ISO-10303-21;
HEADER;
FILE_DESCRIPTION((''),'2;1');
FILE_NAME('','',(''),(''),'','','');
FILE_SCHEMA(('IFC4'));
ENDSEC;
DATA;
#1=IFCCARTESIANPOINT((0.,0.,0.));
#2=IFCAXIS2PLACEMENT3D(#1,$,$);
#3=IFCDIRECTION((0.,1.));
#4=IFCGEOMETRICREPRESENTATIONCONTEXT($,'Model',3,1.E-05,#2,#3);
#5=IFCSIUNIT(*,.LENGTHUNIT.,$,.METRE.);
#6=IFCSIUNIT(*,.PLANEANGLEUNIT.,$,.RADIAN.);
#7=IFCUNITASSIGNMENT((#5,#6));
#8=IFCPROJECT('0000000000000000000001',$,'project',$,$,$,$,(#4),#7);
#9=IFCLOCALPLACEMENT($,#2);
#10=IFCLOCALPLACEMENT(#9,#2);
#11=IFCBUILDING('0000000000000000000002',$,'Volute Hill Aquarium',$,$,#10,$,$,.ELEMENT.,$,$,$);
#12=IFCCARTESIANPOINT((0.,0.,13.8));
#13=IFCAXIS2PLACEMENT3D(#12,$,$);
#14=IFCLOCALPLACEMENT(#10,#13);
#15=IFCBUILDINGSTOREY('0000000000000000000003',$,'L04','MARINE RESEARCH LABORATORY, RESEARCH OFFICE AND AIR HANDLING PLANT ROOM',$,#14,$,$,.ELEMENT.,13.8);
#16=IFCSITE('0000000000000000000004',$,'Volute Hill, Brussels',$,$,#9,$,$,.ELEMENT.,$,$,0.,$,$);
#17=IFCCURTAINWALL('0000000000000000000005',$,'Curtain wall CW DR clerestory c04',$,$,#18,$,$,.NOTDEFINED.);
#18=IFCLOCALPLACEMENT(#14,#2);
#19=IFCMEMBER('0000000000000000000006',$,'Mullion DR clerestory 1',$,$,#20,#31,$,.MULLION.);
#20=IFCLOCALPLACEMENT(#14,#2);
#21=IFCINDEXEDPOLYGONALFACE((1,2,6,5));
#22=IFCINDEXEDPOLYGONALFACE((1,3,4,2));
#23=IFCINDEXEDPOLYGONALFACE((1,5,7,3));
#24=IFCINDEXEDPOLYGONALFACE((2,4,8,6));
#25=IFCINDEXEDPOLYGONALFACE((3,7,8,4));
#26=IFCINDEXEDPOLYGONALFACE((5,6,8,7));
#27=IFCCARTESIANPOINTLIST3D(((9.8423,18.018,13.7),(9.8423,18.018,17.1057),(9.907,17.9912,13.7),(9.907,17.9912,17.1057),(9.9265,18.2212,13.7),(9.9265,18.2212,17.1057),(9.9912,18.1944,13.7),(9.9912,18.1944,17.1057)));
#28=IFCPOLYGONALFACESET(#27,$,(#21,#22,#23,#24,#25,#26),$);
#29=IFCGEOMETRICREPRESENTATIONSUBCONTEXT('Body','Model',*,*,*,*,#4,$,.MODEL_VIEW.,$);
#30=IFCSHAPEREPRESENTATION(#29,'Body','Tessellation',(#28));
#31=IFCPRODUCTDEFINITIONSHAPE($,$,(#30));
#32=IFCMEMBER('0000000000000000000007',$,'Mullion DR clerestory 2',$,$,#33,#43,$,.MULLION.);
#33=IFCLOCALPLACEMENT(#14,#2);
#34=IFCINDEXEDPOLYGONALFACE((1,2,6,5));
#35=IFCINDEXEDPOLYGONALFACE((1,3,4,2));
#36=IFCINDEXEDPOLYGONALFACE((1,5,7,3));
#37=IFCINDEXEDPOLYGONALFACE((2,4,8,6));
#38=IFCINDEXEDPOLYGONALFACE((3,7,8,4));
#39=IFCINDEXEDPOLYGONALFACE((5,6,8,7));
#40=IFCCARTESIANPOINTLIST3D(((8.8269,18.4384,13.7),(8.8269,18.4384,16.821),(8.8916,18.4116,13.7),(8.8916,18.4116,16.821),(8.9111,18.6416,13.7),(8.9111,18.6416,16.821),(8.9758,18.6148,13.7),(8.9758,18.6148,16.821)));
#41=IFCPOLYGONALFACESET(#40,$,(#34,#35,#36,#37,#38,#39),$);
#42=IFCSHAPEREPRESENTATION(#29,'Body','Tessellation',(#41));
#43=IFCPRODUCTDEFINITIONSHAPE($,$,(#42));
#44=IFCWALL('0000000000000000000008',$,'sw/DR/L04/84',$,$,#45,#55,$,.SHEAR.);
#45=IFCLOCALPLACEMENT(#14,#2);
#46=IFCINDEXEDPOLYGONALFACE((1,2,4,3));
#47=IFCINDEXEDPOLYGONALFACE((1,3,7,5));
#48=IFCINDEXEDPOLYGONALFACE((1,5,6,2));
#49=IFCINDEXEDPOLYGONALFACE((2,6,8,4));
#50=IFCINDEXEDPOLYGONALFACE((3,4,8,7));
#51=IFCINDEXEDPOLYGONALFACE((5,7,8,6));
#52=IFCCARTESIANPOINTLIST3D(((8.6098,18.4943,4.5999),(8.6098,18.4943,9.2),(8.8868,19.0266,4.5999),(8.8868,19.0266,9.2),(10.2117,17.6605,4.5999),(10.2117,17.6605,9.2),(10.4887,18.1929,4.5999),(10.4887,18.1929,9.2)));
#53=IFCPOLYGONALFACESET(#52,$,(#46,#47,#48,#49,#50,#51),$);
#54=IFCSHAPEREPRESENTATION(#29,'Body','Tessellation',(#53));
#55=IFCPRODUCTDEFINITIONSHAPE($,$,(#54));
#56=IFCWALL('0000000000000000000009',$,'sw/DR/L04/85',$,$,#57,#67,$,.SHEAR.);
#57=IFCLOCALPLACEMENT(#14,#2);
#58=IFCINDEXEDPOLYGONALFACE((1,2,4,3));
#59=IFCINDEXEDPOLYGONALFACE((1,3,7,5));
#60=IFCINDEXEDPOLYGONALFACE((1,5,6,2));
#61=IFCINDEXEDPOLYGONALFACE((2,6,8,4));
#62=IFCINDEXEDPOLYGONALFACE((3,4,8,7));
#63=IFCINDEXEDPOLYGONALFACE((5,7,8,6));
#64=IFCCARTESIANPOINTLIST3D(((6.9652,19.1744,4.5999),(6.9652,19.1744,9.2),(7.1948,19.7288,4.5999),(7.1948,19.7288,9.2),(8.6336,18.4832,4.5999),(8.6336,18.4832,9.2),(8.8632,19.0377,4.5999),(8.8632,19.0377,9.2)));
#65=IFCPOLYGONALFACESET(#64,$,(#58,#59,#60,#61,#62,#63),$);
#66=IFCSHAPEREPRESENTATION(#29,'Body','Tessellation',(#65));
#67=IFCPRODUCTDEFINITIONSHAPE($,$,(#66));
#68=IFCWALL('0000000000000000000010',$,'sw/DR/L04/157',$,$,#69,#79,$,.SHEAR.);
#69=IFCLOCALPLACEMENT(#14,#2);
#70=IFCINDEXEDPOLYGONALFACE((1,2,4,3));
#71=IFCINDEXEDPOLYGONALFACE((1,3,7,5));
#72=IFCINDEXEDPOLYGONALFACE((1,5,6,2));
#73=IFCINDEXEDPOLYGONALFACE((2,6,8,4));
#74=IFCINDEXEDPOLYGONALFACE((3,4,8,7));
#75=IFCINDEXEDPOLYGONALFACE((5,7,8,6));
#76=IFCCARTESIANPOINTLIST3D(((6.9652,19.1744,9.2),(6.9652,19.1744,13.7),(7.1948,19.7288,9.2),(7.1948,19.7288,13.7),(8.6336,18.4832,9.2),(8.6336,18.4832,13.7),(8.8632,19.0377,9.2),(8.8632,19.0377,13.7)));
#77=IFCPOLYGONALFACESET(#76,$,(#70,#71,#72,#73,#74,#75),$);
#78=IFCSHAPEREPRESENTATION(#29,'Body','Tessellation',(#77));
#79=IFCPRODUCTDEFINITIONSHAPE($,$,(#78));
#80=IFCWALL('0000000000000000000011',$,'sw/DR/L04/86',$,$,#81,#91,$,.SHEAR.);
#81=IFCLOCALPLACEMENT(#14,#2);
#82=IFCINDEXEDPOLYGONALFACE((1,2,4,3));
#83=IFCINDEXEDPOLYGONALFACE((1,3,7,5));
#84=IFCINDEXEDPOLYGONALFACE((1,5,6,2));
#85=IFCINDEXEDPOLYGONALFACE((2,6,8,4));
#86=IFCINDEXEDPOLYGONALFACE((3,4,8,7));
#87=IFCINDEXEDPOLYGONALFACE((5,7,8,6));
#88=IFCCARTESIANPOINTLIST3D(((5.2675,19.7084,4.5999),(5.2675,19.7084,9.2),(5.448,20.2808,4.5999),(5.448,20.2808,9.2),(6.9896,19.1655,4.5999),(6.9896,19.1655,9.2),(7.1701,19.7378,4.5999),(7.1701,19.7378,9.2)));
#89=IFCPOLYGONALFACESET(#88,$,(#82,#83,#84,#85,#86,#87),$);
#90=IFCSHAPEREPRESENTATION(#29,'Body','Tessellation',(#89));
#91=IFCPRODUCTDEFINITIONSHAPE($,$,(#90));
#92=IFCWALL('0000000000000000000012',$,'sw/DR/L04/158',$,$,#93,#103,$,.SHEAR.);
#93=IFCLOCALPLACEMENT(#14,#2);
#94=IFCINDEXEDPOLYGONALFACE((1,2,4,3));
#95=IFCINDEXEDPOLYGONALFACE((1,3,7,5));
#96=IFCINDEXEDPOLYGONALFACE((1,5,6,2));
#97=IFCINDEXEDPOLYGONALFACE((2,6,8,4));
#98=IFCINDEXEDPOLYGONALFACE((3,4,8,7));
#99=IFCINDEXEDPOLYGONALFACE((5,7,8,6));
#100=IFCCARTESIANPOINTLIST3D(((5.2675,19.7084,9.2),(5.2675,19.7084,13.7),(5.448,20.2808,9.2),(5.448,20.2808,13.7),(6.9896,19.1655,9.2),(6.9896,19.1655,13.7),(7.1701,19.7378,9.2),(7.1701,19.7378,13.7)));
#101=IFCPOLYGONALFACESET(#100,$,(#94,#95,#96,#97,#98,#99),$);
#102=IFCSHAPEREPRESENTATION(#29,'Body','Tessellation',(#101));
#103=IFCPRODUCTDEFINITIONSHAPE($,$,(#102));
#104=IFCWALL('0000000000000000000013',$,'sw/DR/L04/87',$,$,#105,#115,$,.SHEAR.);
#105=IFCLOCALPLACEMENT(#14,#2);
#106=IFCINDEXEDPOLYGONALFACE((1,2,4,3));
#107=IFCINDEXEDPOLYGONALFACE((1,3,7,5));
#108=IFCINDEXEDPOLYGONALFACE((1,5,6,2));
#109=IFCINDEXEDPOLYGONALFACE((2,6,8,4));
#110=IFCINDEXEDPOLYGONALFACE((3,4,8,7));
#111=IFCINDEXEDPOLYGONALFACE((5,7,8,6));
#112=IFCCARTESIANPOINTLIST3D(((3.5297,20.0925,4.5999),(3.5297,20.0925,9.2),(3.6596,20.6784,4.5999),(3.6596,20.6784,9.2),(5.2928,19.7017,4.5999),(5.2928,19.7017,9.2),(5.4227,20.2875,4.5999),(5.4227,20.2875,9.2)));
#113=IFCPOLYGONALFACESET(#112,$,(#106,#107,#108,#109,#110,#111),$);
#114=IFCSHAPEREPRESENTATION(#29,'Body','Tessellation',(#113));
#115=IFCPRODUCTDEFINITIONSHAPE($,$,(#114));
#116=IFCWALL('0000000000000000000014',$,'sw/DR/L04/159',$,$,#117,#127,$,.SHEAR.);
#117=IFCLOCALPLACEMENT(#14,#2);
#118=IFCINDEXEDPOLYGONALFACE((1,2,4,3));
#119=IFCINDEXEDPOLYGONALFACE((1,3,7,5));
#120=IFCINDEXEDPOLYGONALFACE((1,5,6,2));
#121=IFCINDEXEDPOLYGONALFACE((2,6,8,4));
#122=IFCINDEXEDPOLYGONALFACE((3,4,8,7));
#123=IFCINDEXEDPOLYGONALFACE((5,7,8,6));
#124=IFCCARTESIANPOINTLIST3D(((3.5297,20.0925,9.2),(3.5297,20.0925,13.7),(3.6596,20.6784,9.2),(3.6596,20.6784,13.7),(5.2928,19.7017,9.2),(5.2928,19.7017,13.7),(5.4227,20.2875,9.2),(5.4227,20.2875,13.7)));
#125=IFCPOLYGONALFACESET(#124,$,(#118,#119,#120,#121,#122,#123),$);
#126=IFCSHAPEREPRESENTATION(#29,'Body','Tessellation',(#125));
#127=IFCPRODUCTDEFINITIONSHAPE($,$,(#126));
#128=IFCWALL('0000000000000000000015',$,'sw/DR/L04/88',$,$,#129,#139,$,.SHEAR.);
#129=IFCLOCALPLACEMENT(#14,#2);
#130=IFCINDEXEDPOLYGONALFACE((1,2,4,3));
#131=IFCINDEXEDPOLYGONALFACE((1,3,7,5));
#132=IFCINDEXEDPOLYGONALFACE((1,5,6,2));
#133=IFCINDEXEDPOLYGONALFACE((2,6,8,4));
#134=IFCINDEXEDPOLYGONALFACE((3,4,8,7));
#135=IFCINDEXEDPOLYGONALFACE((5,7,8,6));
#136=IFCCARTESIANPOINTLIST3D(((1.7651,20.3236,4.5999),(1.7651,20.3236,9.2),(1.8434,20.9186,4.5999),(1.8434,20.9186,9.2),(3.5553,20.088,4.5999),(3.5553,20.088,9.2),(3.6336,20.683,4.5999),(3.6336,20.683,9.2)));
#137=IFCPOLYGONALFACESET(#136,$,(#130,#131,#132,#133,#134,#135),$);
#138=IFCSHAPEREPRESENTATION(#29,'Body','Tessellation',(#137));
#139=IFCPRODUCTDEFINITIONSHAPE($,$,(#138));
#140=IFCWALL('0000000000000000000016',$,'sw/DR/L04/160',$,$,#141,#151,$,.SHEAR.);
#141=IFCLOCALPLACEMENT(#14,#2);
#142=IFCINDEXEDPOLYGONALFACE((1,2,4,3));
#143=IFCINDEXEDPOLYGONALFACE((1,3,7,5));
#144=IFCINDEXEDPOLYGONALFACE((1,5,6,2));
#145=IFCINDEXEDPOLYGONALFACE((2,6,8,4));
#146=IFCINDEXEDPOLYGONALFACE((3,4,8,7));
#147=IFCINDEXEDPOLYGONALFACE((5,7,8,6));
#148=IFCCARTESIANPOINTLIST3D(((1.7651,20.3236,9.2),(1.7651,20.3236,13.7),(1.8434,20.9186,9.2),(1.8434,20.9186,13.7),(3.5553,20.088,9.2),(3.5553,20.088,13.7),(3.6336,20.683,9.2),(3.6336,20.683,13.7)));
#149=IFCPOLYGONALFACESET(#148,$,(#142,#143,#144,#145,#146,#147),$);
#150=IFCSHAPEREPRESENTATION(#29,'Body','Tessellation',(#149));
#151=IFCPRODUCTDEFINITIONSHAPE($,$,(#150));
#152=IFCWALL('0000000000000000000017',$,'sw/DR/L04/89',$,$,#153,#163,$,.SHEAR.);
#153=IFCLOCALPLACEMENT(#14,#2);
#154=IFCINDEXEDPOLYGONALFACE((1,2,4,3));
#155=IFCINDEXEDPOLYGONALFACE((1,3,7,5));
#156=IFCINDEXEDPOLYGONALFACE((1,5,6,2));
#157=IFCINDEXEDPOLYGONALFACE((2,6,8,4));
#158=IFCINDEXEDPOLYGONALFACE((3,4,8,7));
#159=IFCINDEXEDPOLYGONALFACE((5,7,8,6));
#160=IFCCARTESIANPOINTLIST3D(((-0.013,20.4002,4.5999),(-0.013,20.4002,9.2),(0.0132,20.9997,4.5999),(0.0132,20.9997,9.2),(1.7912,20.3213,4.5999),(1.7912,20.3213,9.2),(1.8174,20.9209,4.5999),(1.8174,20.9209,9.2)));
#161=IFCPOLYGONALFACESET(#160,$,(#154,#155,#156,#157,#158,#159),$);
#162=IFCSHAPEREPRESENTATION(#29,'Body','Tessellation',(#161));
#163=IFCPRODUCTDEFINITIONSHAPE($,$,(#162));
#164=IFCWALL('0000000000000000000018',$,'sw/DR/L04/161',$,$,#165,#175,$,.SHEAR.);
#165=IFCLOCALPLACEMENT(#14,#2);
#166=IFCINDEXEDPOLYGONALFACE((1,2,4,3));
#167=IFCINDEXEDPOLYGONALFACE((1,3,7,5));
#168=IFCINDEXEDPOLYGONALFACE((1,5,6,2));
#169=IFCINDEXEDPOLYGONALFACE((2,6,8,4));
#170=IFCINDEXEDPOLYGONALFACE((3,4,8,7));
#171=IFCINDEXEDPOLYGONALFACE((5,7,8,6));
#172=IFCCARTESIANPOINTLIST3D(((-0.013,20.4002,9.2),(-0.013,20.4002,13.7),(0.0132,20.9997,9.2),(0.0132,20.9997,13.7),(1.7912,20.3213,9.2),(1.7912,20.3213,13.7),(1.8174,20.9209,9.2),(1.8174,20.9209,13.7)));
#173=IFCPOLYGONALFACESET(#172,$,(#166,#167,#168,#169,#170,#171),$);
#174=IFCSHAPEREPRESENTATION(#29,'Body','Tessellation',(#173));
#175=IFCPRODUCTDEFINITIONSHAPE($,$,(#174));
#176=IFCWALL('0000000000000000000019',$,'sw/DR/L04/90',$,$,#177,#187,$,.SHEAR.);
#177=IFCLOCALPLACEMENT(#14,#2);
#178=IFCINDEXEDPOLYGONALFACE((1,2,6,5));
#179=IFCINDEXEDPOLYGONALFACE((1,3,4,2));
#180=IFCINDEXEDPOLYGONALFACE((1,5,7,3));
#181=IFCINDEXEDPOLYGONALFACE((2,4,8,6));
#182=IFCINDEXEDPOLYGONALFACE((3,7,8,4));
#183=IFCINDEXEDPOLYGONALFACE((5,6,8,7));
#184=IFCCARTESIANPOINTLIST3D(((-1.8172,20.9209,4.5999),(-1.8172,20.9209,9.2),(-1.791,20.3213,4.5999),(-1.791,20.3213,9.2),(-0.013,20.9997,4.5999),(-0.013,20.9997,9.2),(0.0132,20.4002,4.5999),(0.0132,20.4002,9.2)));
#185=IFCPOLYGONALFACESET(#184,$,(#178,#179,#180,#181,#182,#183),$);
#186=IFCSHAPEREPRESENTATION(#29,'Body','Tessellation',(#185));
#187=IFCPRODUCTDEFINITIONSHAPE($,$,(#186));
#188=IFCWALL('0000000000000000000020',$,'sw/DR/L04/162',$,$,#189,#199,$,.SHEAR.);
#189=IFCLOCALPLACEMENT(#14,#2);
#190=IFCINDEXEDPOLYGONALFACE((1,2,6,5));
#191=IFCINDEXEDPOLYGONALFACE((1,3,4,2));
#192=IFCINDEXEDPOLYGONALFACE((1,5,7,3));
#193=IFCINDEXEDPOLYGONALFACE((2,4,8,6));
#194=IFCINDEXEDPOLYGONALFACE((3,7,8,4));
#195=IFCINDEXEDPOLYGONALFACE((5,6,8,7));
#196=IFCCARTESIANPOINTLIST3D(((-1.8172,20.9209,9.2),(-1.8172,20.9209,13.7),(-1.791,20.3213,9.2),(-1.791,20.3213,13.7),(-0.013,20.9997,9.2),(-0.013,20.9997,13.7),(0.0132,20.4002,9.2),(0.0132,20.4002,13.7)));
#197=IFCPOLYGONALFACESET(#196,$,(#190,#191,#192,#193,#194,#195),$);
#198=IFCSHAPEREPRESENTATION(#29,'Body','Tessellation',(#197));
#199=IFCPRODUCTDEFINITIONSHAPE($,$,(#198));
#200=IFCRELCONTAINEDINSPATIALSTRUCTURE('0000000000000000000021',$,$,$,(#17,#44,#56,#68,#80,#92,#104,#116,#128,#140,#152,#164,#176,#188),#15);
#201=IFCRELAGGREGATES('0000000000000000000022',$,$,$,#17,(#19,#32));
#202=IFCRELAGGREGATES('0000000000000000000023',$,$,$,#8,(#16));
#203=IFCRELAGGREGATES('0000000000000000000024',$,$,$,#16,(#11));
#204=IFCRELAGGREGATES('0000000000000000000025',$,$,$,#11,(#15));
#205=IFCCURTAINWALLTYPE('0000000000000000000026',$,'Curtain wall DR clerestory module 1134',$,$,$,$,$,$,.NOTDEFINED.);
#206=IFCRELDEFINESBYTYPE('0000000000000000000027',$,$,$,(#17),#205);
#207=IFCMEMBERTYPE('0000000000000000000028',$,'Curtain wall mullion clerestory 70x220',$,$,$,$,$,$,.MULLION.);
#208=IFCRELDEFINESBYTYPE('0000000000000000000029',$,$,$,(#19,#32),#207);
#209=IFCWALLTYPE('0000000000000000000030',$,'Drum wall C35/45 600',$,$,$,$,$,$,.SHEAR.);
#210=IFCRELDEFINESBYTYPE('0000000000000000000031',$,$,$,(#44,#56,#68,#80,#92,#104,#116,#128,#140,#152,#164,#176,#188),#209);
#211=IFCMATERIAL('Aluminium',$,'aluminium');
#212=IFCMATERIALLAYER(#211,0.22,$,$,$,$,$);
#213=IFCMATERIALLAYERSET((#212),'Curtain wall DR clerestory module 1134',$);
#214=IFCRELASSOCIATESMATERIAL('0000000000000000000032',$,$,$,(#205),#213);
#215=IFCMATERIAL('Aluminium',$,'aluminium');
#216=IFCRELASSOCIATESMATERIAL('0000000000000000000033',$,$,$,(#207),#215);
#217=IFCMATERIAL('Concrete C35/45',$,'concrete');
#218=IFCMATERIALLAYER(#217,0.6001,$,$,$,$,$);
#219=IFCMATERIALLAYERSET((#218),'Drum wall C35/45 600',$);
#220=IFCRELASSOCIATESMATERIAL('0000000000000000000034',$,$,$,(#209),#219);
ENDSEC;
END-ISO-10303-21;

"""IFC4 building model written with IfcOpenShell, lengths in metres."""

from ifc_helpers import new_model, si_unit, direction, frame, frame_2d, origin, origin_2d, place, context, subcontext, project, spatial, rectangle, extrude, material, layer, layer_set, material_profile, profile_set, type_object, element, aggregate, save


model = new_model("IFC4")

# Units and contexts
model_context = context("Model", 3, precision=1e-05, world=origin(), true_north=direction((0.0, 1.0)))
body_context = subcontext(model_context, "Body", "Model", "MODEL_VIEW")
ifc_project = project(units=[si_unit("LENGTHUNIT", "METRE"), si_unit("PLANEANGLEUNIT", "RADIAN")], contexts=[model_context])

# Site, building, storey
site_placement = place(None, origin())
site = spatial("IfcSite", under=ifc_project, at=site_placement, Name="Volute Hill, Brussels", CompositionType="ELEMENT", RefElevation=0.0)
building_placement = place(site_placement, origin())
building = spatial("IfcBuilding", under=site, at=building_placement, Name="Volute Hill Aquarium", CompositionType="ELEMENT")
storey_placement = place(building_placement, frame((0.0, 0.0, 13.8)))
storey = spatial("IfcBuildingStorey", under=building, at=storey_placement, Name="L04", Description="MARINE RESEARCH LABORATORY, RESEARCH OFFICE AND AIR HANDLING PLANT ROOM", CompositionType="ELEMENT", Elevation=13.8)

# Curtain wall, members
ifc_material_1 = material(Name="Aluminium", Category="aluminium")
ifc_layer_1 = layer(ifc_material_1, 0.22)
ifc_layer_set_1 = layer_set([ifc_layer_1], Name="Curtain wall DR clerestory module 1134")
curtain_wall_type = type_object("IfcCurtainWallType", Name="Curtain wall DR clerestory module 1134", PredefinedType="NOTDEFINED", material=ifc_layer_set_1)
curtain_wall_placement = place(storey_placement, origin())
curtain_wall = element("IfcCurtainWall", 1, at=curtain_wall_placement, inside=storey, type_object=curtain_wall_type, Name="Curtain wall CW DR clerestory c04", PredefinedType="NOTDEFINED")
ifc_material_2 = material(Name="Aluminium", Category="aluminium")
ifc_material_profile = material_profile(ifc_material_2, rectangle(XDim=0.22, YDim=0.0701, at=origin_2d()), Name="Curtain wall mullion clerestory 70x220")
ifc_profile_set = profile_set([ifc_material_profile], Name="Aluminium")
member_type = type_object("IfcMemberType", Name="Curtain wall mullion clerestory 70x220", PredefinedType="MULLION", material=ifc_profile_set)
member_1_placement = place(storey_placement, frame((9.9167, 18.1062, 13.7), z_axis=(0.0, 0.0, 1.0), x_axis=(-0.382696, -0.923874, 0.0)))
member_1 = element("IfcMember", 2, at=member_1_placement, type_object=member_type, Name="Mullion DR clerestory 1", PredefinedType="MULLION", context=body_context, shape_type="SweptSolid", body=[
    extrude(rectangle(XDim=0.22, YDim=0.0701, at=origin_2d()), origin(), (0.0, 0.0, 1.0), 3.4058),
])
member_2_placement = place(storey_placement, frame((8.9014, 18.5266, 13.7), z_axis=(0.0, 0.0, 1.0), x_axis=(-0.382696, -0.923874, 0.0)))
member_2 = element("IfcMember", 3, at=member_2_placement, type_object=member_type, Name="Mullion DR clerestory 2", PredefinedType="MULLION", context=body_context, shape_type="SweptSolid", body=[
    extrude(rectangle(XDim=0.22, YDim=0.0701, at=origin_2d()), origin(), (0.0, 0.0, 1.0), 3.1211),
])
aggregate(curtain_wall, [member_1, member_2])

# Walls
ifc_material_3 = material(Name="Concrete C35/45", Category="concrete")
ifc_layer_2 = layer(ifc_material_3, 0.6001)
ifc_layer_set_2 = layer_set([ifc_layer_2], Name="Drum wall C35/45 600")
wall_type = type_object("IfcWallType", Name="Drum wall C35/45 600", PredefinedType="SHEAR", material=ifc_layer_set_2)
for number, where, z_axis, x_axis, name in (
    (4, (10.3501, 17.9268, 4.5999), (0.0, 0.0, 1.0), (-0.887035, 0.461702, 0.0), "sw/DR/L04/84"),
    (5, (8.7483, 18.7605, 4.5999), (0.0, 0.0, 1.0), (-0.923867, 0.382714, 0.0), "sw/DR/L04/85"),
):
    element("IfcWall", number, at=place(storey_placement, frame(where, z_axis=z_axis, x_axis=x_axis)), inside=storey, type_object=wall_type, Name=name, PredefinedType="SHEAR", context=body_context, shape_type="SweptSolid", body=[
        extrude(rectangle(XDim=1.8059, YDim=0.6001, at=frame_2d((0.9028, 0.0))), origin(), (0.0, 0.0, 1.0), 4.6001),
    ])
wall_1_placement = place(storey_placement, frame((8.7483, 18.7605, 9.2), z_axis=(0.0, 0.0, 1.0), x_axis=(-0.923867, 0.382714, 0.0)))
element("IfcWall", 6, at=wall_1_placement, inside=storey, type_object=wall_type, Name="sw/DR/L04/157", PredefinedType="SHEAR", context=body_context, shape_type="SweptSolid", body=[
    extrude(rectangle(XDim=1.8059, YDim=0.6001, at=frame_2d((0.9028, 0.0))), origin(), (0.0, 0.0, 1.0), 4.5),
])
wall_2_placement = place(storey_placement, frame((7.0798, 19.4517, 4.5999), z_axis=(0.0, 0.0, 1.0), x_axis=(-0.953722, 0.300691, 0.0)))
element("IfcWall", 7, at=wall_2_placement, inside=storey, type_object=wall_type, Name="sw/DR/L04/86", PredefinedType="SHEAR", context=body_context, shape_type="SweptSolid", body=[
    extrude(rectangle(XDim=1.8057, YDim=0.6001, at=frame_2d((0.9028, 0.0))), origin(), (0.0, 0.0, 1.0), 4.6001),
])
wall_3_placement = place(storey_placement, frame((7.0798, 19.4517, 9.2), z_axis=(0.0, 0.0, 1.0), x_axis=(-0.953722, 0.300691, 0.0)))
element("IfcWall", 8, at=wall_3_placement, inside=storey, type_object=wall_type, Name="sw/DR/L04/158", PredefinedType="SHEAR", context=body_context, shape_type="SweptSolid", body=[
    extrude(rectangle(XDim=1.8057, YDim=0.6001, at=frame_2d((0.9028, 0.0))), origin(), (0.0, 0.0, 1.0), 4.5),
])
wall_4_placement = place(storey_placement, frame((5.3577, 19.9946, 4.5999), z_axis=(0.0, 0.0, 1.0), x_axis=(-0.976298, 0.216429, 0.0)))
element("IfcWall", 9, at=wall_4_placement, inside=storey, type_object=wall_type, Name="sw/DR/L04/87", PredefinedType="SHEAR", context=body_context, shape_type="SweptSolid", body=[
    extrude(rectangle(XDim=1.8059, YDim=0.6001, at=frame_2d((0.9028, 0.0))), origin(), (0.0, 0.0, 1.0), 4.6001),
])
wall_5_placement = place(storey_placement, frame((5.3577, 19.9946, 9.2), z_axis=(0.0, 0.0, 1.0), x_axis=(-0.976298, 0.216429, 0.0)))
element("IfcWall", 10, at=wall_5_placement, inside=storey, type_object=wall_type, Name="sw/DR/L04/159", PredefinedType="SHEAR", context=body_context, shape_type="SweptSolid", body=[
    extrude(rectangle(XDim=1.8059, YDim=0.6001, at=frame_2d((0.9028, 0.0))), origin(), (0.0, 0.0, 1.0), 4.5),
])
wall_6_placement = place(storey_placement, frame((3.5945, 20.3855, 4.5999), z_axis=(0.0, 0.0, 1.0), x_axis=(-0.991452, 0.130472, 0.0)))
element("IfcWall", 11, at=wall_6_placement, inside=storey, type_object=wall_type, Name="sw/DR/L04/88", PredefinedType="SHEAR", context=body_context, shape_type="SweptSolid", body=[
    extrude(rectangle(XDim=1.8057, YDim=0.6001, at=frame_2d((0.9028, 0.0))), origin(), (0.0, 0.0, 1.0), 4.6001),
])
wall_7_placement = place(storey_placement, frame((3.5945, 20.3855, 9.2), z_axis=(0.0, 0.0, 1.0), x_axis=(-0.991452, 0.130472, 0.0)))
element("IfcWall", 12, at=wall_7_placement, inside=storey, type_object=wall_type, Name="sw/DR/L04/160", PredefinedType="SHEAR", context=body_context, shape_type="SweptSolid", body=[
    extrude(rectangle(XDim=1.8057, YDim=0.6001, at=frame_2d((0.9028, 0.0))), origin(), (0.0, 0.0, 1.0), 4.5),
])
wall_8_placement = place(storey_placement, frame((1.8042, 20.6211, 4.5999), z_axis=(0.0, 0.0, 1.0), x_axis=(-0.999046, 0.043666, 0.0)))
element("IfcWall", 13, at=wall_8_placement, inside=storey, type_object=wall_type, Name="sw/DR/L04/89", PredefinedType="SHEAR", context=body_context, shape_type="SweptSolid", body=[
    extrude(rectangle(XDim=1.8059, YDim=0.6001, at=frame_2d((0.9028, 0.0))), origin(), (0.0, 0.0, 1.0), 4.6001),
])
wall_9_placement = place(storey_placement, frame((1.8042, 20.6211, 9.2), z_axis=(0.0, 0.0, 1.0), x_axis=(-0.999046, 0.043666, 0.0)))
element("IfcWall", 14, at=wall_9_placement, inside=storey, type_object=wall_type, Name="sw/DR/L04/161", PredefinedType="SHEAR", context=body_context, shape_type="SweptSolid", body=[
    extrude(rectangle(XDim=1.8059, YDim=0.6001, at=frame_2d((0.9028, 0.0))), origin(), (0.0, 0.0, 1.0), 4.5),
])
wall_10_placement = place(storey_placement, frame((0.0, 20.7, 4.5999), z_axis=(0.0, 0.0, 1.0), x_axis=(-0.999046, -0.043666, 0.0)))
element("IfcWall", 15, at=wall_10_placement, inside=storey, type_object=wall_type, Name="sw/DR/L04/90", PredefinedType="SHEAR", context=body_context, shape_type="SweptSolid", body=[
    extrude(rectangle(XDim=1.8059, YDim=0.6001, at=frame_2d((0.9028, 0.0))), origin(), (0.0, 0.0, 1.0), 4.6001),
])
wall_11_placement = place(storey_placement, frame((0.0, 20.7, 9.2), z_axis=(0.0, 0.0, 1.0), x_axis=(-0.999046, -0.043666, 0.0)))
element("IfcWall", 16, at=wall_11_placement, inside=storey, type_object=wall_type, Name="sw/DR/L04/162", PredefinedType="SHEAR", context=body_context, shape_type="SweptSolid", body=[
    extrude(rectangle(XDim=1.8059, YDim=0.6001, at=frame_2d((0.9028, 0.0))), origin(), (0.0, 0.0, 1.0), 4.5),
])

save(model, "model.ifc")
